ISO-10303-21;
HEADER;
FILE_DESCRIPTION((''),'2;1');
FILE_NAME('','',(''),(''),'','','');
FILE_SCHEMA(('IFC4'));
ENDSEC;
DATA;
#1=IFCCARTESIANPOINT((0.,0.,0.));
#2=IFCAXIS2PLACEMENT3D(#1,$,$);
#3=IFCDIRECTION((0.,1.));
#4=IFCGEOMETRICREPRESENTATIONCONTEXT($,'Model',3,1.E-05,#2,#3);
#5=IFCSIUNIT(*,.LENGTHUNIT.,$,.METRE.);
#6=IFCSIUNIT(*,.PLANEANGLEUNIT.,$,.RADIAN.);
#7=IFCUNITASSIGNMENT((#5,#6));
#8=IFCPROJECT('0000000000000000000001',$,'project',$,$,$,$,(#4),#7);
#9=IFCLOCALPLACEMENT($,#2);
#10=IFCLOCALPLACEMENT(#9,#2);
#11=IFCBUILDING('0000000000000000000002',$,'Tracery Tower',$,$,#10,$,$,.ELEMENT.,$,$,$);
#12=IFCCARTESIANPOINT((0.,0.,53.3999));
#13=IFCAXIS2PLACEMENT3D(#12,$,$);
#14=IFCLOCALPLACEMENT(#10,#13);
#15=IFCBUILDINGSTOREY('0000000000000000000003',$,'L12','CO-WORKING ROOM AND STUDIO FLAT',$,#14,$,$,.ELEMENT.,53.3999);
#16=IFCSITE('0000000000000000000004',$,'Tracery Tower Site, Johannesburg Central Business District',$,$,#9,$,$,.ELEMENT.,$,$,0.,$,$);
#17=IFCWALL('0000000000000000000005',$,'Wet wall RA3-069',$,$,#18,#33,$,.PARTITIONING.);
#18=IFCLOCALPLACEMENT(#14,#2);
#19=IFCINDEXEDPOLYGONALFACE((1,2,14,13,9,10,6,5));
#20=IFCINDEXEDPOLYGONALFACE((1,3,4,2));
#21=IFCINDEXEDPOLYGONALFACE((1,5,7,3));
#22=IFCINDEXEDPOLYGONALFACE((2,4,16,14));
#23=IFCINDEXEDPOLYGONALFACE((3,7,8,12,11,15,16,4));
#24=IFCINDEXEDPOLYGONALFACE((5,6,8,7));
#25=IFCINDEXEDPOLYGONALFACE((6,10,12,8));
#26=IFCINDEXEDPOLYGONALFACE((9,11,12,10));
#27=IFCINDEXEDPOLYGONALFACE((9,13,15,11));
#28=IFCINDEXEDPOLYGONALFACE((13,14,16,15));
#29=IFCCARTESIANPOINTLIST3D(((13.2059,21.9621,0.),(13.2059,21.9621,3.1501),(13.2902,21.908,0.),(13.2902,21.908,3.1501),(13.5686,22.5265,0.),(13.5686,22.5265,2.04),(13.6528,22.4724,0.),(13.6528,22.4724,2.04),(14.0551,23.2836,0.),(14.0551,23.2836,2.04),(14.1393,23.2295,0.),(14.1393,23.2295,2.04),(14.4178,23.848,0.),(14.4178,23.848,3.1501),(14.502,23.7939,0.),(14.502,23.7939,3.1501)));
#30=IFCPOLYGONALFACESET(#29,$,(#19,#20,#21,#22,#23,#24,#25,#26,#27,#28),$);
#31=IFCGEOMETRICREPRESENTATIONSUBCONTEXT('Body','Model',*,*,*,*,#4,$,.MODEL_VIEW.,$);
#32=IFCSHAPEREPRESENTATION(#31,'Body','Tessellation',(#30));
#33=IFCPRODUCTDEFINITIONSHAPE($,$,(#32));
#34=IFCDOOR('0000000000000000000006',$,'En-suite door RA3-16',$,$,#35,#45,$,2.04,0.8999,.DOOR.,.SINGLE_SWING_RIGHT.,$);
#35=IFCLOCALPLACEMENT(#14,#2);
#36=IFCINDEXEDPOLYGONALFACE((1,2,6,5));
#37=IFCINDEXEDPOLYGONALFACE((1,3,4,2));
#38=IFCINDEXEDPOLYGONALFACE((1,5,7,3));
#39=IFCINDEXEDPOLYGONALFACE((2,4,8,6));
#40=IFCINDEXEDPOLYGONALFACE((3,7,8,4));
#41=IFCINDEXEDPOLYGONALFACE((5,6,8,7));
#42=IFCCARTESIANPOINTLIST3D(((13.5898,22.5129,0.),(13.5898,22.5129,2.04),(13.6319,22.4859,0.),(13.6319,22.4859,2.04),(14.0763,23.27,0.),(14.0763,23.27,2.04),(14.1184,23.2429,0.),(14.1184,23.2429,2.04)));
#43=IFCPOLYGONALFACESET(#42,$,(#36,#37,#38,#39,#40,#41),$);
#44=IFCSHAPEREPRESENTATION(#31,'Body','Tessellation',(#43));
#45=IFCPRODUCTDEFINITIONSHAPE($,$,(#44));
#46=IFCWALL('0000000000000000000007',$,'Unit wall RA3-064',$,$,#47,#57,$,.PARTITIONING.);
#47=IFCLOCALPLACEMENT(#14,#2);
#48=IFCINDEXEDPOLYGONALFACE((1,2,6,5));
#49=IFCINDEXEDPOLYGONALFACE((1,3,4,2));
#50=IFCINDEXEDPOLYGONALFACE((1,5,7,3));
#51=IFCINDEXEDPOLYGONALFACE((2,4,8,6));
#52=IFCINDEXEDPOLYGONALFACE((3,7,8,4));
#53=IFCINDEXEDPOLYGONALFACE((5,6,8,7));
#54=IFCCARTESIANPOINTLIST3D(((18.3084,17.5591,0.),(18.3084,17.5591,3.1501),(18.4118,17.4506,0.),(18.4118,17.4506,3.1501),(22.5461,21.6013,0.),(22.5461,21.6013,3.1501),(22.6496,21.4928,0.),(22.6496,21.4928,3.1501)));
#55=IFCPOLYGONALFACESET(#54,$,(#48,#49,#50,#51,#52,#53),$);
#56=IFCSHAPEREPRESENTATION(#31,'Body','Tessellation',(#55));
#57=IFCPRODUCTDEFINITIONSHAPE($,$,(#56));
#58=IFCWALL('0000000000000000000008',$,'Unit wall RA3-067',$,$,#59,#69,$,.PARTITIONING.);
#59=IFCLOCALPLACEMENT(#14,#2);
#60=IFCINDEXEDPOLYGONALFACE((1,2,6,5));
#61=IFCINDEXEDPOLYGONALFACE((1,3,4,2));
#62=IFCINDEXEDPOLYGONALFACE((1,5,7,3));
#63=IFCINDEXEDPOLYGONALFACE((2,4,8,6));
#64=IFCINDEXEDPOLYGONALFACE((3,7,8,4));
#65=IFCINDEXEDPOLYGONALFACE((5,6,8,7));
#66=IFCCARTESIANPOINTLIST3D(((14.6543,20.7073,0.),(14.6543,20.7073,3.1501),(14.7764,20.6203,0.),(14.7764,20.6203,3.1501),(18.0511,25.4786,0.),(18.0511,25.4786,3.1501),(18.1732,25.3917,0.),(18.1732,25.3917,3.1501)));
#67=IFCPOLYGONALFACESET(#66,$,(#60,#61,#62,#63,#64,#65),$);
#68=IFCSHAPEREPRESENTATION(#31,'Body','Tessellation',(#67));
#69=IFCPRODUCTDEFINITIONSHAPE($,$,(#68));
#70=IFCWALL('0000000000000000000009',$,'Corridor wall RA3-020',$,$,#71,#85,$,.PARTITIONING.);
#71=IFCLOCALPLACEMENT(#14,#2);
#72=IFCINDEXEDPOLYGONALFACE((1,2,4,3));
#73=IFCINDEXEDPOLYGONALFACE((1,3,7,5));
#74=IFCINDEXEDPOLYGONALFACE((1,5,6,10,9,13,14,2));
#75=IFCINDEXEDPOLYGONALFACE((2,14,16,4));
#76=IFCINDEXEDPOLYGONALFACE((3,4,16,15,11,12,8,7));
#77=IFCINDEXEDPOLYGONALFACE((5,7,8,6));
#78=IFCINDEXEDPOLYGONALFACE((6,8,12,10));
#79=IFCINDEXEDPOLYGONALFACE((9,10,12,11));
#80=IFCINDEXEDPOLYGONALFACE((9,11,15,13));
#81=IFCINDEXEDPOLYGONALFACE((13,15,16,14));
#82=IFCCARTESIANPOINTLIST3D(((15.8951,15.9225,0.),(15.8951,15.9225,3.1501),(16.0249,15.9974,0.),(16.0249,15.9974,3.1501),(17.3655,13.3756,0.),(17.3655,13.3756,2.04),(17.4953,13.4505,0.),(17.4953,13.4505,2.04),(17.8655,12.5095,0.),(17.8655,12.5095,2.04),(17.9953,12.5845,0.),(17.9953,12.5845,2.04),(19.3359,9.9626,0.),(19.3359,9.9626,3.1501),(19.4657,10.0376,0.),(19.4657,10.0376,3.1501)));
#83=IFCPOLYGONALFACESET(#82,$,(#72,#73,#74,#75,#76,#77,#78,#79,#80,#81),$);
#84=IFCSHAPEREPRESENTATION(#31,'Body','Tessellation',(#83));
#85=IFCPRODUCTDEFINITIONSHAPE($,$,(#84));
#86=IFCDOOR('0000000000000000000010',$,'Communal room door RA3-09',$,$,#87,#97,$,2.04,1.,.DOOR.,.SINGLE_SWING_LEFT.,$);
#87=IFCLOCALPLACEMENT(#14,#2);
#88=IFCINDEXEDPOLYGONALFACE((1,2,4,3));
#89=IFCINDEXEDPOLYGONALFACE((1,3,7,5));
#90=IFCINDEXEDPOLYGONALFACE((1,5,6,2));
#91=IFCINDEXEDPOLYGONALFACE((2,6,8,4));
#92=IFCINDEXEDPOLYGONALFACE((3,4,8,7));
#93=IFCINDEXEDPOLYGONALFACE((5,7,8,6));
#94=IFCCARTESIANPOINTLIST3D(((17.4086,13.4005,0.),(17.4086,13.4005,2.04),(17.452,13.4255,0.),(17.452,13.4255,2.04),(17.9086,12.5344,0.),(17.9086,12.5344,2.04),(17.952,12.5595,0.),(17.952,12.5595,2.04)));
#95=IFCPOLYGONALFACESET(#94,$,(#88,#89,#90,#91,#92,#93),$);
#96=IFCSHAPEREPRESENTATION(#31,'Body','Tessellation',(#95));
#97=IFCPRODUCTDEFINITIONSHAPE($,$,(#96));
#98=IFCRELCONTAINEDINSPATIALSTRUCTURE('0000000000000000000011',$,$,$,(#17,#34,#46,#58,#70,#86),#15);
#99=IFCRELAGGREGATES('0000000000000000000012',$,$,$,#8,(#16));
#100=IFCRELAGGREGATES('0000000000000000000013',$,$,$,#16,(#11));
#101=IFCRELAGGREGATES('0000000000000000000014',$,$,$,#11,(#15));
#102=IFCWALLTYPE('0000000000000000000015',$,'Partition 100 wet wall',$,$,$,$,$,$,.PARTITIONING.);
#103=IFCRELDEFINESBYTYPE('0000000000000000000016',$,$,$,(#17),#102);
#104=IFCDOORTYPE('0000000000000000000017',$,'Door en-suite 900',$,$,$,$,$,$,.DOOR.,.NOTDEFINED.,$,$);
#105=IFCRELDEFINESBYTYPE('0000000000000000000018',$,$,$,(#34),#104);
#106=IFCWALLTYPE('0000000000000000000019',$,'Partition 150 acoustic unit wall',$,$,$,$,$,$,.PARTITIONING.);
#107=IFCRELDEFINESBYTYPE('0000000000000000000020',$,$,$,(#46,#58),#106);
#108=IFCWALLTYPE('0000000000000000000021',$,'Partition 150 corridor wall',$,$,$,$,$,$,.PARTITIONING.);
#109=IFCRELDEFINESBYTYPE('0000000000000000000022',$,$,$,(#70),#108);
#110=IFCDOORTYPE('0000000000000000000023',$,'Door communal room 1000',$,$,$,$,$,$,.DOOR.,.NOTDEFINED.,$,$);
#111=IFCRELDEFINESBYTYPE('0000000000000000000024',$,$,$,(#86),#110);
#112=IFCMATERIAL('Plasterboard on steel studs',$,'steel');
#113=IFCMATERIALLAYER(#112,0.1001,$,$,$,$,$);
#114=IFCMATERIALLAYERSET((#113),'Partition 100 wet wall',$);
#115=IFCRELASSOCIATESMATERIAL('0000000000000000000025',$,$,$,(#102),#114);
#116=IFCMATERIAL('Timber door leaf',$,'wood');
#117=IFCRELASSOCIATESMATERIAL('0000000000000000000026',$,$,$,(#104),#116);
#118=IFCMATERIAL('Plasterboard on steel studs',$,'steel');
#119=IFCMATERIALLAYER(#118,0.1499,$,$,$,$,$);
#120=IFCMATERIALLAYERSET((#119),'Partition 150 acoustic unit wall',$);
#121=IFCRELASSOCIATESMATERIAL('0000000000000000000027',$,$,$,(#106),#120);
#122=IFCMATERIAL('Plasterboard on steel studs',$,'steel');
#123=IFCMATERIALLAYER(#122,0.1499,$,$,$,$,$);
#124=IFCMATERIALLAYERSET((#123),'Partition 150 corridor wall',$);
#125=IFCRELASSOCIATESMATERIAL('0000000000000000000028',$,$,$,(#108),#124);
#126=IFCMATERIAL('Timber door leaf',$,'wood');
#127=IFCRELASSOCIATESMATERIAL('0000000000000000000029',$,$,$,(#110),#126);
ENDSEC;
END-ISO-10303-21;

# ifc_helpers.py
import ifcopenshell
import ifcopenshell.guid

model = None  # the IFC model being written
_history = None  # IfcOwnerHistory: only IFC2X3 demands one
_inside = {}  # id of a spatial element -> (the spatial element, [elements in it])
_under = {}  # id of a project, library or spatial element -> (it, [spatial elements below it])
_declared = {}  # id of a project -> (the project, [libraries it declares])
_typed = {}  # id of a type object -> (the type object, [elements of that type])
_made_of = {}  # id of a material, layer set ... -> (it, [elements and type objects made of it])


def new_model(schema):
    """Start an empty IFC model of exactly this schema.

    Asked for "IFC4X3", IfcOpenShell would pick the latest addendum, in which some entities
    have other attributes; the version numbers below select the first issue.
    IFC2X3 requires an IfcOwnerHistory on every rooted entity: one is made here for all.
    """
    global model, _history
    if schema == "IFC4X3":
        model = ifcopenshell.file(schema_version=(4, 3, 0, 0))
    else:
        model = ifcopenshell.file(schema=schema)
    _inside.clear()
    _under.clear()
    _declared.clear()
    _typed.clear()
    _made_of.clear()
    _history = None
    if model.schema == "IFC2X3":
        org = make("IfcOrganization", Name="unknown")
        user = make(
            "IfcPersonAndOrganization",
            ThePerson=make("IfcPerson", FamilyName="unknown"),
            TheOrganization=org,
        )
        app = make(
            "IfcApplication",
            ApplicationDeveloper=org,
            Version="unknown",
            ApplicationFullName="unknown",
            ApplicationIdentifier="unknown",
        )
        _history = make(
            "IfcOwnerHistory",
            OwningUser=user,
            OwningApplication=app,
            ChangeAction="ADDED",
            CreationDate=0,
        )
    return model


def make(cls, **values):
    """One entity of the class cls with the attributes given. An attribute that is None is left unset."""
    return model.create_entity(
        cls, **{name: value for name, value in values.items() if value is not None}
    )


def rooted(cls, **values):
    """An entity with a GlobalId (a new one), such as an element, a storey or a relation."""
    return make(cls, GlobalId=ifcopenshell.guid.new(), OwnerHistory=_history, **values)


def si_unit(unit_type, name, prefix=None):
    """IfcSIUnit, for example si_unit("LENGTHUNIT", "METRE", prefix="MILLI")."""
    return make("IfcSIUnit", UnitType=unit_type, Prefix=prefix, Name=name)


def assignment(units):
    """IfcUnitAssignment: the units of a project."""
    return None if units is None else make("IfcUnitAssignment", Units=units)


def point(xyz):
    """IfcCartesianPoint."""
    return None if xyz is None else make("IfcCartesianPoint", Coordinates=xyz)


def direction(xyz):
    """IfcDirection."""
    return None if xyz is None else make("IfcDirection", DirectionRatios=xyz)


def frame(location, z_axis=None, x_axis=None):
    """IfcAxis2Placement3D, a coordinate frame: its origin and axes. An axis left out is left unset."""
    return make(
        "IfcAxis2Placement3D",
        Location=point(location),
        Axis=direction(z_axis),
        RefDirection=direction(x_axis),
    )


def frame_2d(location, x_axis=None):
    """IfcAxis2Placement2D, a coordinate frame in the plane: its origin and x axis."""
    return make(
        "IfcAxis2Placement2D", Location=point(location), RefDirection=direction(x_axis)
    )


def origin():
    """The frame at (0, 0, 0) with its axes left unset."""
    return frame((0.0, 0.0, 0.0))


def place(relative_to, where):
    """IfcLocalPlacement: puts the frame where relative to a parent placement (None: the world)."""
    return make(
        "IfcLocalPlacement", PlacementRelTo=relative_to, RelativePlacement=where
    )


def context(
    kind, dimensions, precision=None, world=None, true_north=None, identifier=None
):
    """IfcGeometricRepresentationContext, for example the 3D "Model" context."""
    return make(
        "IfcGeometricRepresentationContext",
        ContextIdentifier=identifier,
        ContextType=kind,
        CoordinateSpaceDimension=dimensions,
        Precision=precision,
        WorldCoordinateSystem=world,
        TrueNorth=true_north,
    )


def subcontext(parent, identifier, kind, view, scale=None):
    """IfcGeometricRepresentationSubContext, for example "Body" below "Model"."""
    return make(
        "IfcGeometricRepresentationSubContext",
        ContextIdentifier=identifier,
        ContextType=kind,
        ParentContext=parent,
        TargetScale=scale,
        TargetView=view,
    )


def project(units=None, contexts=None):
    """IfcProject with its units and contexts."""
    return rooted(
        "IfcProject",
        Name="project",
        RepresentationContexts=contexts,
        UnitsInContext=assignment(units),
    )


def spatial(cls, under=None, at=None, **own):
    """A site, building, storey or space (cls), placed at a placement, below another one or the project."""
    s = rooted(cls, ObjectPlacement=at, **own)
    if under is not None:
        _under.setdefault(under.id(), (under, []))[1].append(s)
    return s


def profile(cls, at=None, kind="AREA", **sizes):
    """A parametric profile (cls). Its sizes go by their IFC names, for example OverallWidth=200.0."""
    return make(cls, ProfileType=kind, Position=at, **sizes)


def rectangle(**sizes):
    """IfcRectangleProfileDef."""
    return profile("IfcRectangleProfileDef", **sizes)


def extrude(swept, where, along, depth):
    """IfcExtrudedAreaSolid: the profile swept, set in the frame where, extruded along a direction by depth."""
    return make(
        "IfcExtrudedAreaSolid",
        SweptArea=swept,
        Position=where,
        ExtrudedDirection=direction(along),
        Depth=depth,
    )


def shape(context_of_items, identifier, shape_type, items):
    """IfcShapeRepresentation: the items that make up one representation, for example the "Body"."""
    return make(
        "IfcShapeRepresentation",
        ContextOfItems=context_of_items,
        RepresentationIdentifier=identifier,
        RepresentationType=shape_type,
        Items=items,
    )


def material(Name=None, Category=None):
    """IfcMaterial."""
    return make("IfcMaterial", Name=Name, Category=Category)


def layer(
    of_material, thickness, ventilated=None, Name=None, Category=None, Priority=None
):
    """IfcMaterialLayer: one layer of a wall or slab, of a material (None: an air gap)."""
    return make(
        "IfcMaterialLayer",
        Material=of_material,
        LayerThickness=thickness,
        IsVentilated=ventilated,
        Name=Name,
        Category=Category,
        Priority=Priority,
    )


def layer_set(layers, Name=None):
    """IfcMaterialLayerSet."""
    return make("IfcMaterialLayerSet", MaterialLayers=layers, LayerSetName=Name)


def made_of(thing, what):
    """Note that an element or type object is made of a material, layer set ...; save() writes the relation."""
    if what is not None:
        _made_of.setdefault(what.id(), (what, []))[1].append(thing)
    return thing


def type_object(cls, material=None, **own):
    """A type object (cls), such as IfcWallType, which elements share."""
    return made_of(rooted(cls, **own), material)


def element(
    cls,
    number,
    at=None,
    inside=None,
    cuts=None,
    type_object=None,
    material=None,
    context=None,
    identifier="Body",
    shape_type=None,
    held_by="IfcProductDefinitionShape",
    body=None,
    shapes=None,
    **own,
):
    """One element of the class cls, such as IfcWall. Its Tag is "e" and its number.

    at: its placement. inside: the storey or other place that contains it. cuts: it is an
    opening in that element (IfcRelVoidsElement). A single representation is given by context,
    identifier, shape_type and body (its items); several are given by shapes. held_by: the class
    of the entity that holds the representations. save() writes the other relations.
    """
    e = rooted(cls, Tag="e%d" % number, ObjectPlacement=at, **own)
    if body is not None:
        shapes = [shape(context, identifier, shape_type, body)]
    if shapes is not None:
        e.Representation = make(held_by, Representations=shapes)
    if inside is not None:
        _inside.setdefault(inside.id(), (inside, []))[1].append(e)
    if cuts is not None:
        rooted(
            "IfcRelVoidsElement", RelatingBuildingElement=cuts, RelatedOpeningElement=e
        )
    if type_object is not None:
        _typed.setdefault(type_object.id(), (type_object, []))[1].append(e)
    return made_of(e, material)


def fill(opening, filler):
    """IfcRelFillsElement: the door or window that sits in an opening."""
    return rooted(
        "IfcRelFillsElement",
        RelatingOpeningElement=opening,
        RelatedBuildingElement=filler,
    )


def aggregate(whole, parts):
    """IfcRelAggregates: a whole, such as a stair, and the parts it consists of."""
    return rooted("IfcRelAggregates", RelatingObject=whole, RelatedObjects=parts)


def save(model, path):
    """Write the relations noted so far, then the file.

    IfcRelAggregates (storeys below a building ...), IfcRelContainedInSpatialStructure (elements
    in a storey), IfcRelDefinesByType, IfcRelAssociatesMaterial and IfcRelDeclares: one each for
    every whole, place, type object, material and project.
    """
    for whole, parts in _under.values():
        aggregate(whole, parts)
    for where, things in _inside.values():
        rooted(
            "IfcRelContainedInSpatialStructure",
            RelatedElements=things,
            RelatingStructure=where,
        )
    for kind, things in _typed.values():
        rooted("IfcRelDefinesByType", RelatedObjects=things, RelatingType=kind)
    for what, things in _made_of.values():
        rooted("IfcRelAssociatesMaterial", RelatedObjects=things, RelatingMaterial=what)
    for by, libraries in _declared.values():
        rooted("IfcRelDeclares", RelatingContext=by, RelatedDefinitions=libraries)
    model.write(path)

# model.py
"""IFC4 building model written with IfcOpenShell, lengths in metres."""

from ifc_helpers import new_model, si_unit, direction, frame, frame_2d, origin, place, context, subcontext, project, spatial, rectangle, extrude, material, layer, layer_set, type_object, element, fill, save


model = new_model("IFC4")

# Units and contexts
model_context = context("Model", 3, precision=1e-05, world=origin(), true_north=direction((0.0, 1.0)))
body_context = subcontext(model_context, "Body", "Model", "MODEL_VIEW")
ifc_project = project(units=[si_unit("LENGTHUNIT", "METRE"), si_unit("PLANEANGLEUNIT", "RADIAN")], contexts=[model_context])

# Site, building, storey
site_placement = place(None, origin())
site = spatial("IfcSite", under=ifc_project, at=site_placement, Name="Tracery Tower Site, Johannesburg Central Business District", CompositionType="ELEMENT", RefElevation=0.0)
building_placement = place(site_placement, origin())
building = spatial("IfcBuilding", under=site, at=building_placement, Name="Tracery Tower", CompositionType="ELEMENT")
storey_placement = place(building_placement, frame((0.0, 0.0, 53.3999)))
storey = spatial("IfcBuildingStorey", under=building, at=storey_placement, Name="L12", Description="CO-WORKING ROOM AND STUDIO FLAT", CompositionType="ELEMENT", Elevation=53.3999)

# Shared definitions
ifc_material_1 = material(Name="Plasterboard on steel studs", Category="steel")
ifc_layer_1 = layer(ifc_material_1, 0.1001)
ifc_layer_set_1 = layer_set([ifc_layer_1], Name="Partition 100 wet wall")
wall_type_1 = type_object("IfcWallType", Name="Partition 100 wet wall", PredefinedType="PARTITIONING", material=ifc_layer_set_1)
ifc_material_2 = material(Name="Timber door leaf", Category="wood")
door_type_1 = type_object("IfcDoorType", Name="Door en-suite 900", OperationType="NOTDEFINED", PredefinedType="DOOR", material=ifc_material_2)

# Wall, opening, door
wall_1_placement = place(storey_placement, frame((13.248, 21.9351, 0.0), z_axis=(0.0, 0.0, 1.0), x_axis=(0.540598, 0.841281, 0.0)))
wall_1 = element("IfcWall", 1, at=wall_1_placement, inside=storey, type_object=wall_type_1, Name="Wet wall RA3-069", PredefinedType="PARTITIONING", context=body_context, shape_type="SweptSolid", body=[
    extrude(rectangle(XDim=2.2417, YDim=0.1001, at=frame_2d((1.1208, 0.0))), origin(), (0.0, 0.0, 1.0), 3.1501),
])
opening_1_placement = place(wall_1_placement, frame((0.6709, 0.0, 0.0)))
opening_1 = element("IfcOpeningElement", 2, at=opening_1_placement, cuts=wall_1, PredefinedType="OPENING", context=body_context, shape_type="SweptSolid", body=[
    extrude(rectangle(XDim=0.8999, YDim=2.04, at=frame_2d((0.45, 1.02))), frame((0.0, 0.05, 0.0), z_axis=(0.0, -1.0, 0.0), x_axis=(1.0, 0.0, 0.0)), (0.0, 0.0, 1.0), 0.1001),
])
door_1_placement = place(opening_1_placement, origin())
door_1 = element("IfcDoor", 3, at=door_1_placement, inside=storey, type_object=door_type_1, Name="En-suite door RA3-16", OperationType="SINGLE_SWING_RIGHT", OverallHeight=2.04, OverallWidth=0.8999, PredefinedType="DOOR", context=body_context, shape_type="SweptSolid", body=[
    extrude(rectangle(XDim=0.8999, YDim=2.04, at=frame_2d((0.45, 1.02))), frame((0.0, 0.0249, 0.0), z_axis=(0.0, -1.0, 0.0), x_axis=(1.0, 0.0, 0.0)), (0.0, 0.0, 1.0), 0.05),
])
fill(opening_1, door_1)

# Walls
ifc_material_3 = material(Name="Plasterboard on steel studs", Category="steel")
ifc_layer_2 = layer(ifc_material_3, 0.1499)
ifc_layer_set_2 = layer_set([ifc_layer_2], Name="Partition 150 acoustic unit wall")
wall_type_2 = type_object("IfcWallType", Name="Partition 150 acoustic unit wall", PredefinedType="PARTITIONING", material=ifc_layer_set_2)
wall_2_placement = place(storey_placement, frame((18.3601, 17.5049, 0.0), z_axis=(0.0, 0.0, 1.0), x_axis=(0.723605, 0.690214, 0.0)))
element("IfcWall", 4, at=wall_2_placement, inside=storey, type_object=wall_type_2, Name="Unit wall RA3-064", PredefinedType="PARTITIONING", context=body_context, shape_type="SweptSolid", body=[
    extrude(rectangle(XDim=5.8564, YDim=0.1499, at=frame_2d((2.9282, 0.0))), origin(), (0.0, 0.0, 1.0), 3.1501),
])
wall_3_placement = place(storey_placement, frame((14.7153, 20.6638, 0.0), z_axis=(0.0, 0.0, 1.0), x_axis=(0.57996, 0.814645, 0.0)))
element("IfcWall", 5, at=wall_3_placement, inside=storey, type_object=wall_type_2, Name="Unit wall RA3-067", PredefinedType="PARTITIONING", context=body_context, shape_type="SweptSolid", body=[
    extrude(rectangle(XDim=5.8569, YDim=0.1499, at=frame_2d((2.9285, 0.0))), origin(), (0.0, 0.0, 1.0), 3.1501),
])

# Wall, opening, door
ifc_material_4 = material(Name="Plasterboard on steel studs", Category="steel")
ifc_layer_3 = layer(ifc_material_4, 0.1499)
ifc_layer_set_3 = layer_set([ifc_layer_3], Name="Partition 150 corridor wall")
wall_type_3 = type_object("IfcWallType", Name="Partition 150 corridor wall", PredefinedType="PARTITIONING", material=ifc_layer_set_3)
wall_4_placement = place(storey_placement, frame((15.96, 15.96, 0.0), z_axis=(0.0, 0.0, 1.0), x_axis=(0.499993, -0.86603, 0.0)))
wall_4 = element("IfcWall", 6, at=wall_4_placement, inside=storey, type_object=wall_type_3, Name="Corridor wall RA3-020", PredefinedType="PARTITIONING", context=body_context, shape_type="SweptSolid", body=[
    extrude(rectangle(XDim=6.8818, YDim=0.1499, at=frame_2d((3.4409, 0.0))), origin(), (0.0, 0.0, 1.0), 3.1501),
])
opening_2_placement = place(wall_4_placement, frame((2.9409, 0.0, 0.0)))
opening_2 = element("IfcOpeningElement", 7, at=opening_2_placement, cuts=wall_4, PredefinedType="OPENING", context=body_context, shape_type="SweptSolid", body=[
    extrude(rectangle(XDim=1.0, YDim=2.04, at=frame_2d((0.5, 1.02))), frame((0.0, 0.075, 0.0), z_axis=(0.0, -1.0, 0.0), x_axis=(1.0, 0.0, 0.0)), (0.0, 0.0, 1.0), 0.1499),
])
ifc_material_5 = material(Name="Timber door leaf", Category="wood")
door_type_2 = type_object("IfcDoorType", Name="Door communal room 1000", OperationType="NOTDEFINED", PredefinedType="DOOR", material=ifc_material_5)
door_2_placement = place(opening_2_placement, origin())
door_2 = element("IfcDoor", 8, at=door_2_placement, inside=storey, type_object=door_type_2, Name="Communal room door RA3-09", OperationType="SINGLE_SWING_LEFT", OverallHeight=2.04, OverallWidth=1.0, PredefinedType="DOOR", context=body_context, shape_type="SweptSolid", body=[
    extrude(rectangle(XDim=1.0, YDim=2.04, at=frame_2d((0.5, 1.02))), frame((0.0, 0.0249, 0.0), z_axis=(0.0, -1.0, 0.0), x_axis=(1.0, 0.0, 0.0)), (0.0, 0.0, 1.0), 0.05),
])
fill(opening_2, door_2)

save(model, "model.ifc")
